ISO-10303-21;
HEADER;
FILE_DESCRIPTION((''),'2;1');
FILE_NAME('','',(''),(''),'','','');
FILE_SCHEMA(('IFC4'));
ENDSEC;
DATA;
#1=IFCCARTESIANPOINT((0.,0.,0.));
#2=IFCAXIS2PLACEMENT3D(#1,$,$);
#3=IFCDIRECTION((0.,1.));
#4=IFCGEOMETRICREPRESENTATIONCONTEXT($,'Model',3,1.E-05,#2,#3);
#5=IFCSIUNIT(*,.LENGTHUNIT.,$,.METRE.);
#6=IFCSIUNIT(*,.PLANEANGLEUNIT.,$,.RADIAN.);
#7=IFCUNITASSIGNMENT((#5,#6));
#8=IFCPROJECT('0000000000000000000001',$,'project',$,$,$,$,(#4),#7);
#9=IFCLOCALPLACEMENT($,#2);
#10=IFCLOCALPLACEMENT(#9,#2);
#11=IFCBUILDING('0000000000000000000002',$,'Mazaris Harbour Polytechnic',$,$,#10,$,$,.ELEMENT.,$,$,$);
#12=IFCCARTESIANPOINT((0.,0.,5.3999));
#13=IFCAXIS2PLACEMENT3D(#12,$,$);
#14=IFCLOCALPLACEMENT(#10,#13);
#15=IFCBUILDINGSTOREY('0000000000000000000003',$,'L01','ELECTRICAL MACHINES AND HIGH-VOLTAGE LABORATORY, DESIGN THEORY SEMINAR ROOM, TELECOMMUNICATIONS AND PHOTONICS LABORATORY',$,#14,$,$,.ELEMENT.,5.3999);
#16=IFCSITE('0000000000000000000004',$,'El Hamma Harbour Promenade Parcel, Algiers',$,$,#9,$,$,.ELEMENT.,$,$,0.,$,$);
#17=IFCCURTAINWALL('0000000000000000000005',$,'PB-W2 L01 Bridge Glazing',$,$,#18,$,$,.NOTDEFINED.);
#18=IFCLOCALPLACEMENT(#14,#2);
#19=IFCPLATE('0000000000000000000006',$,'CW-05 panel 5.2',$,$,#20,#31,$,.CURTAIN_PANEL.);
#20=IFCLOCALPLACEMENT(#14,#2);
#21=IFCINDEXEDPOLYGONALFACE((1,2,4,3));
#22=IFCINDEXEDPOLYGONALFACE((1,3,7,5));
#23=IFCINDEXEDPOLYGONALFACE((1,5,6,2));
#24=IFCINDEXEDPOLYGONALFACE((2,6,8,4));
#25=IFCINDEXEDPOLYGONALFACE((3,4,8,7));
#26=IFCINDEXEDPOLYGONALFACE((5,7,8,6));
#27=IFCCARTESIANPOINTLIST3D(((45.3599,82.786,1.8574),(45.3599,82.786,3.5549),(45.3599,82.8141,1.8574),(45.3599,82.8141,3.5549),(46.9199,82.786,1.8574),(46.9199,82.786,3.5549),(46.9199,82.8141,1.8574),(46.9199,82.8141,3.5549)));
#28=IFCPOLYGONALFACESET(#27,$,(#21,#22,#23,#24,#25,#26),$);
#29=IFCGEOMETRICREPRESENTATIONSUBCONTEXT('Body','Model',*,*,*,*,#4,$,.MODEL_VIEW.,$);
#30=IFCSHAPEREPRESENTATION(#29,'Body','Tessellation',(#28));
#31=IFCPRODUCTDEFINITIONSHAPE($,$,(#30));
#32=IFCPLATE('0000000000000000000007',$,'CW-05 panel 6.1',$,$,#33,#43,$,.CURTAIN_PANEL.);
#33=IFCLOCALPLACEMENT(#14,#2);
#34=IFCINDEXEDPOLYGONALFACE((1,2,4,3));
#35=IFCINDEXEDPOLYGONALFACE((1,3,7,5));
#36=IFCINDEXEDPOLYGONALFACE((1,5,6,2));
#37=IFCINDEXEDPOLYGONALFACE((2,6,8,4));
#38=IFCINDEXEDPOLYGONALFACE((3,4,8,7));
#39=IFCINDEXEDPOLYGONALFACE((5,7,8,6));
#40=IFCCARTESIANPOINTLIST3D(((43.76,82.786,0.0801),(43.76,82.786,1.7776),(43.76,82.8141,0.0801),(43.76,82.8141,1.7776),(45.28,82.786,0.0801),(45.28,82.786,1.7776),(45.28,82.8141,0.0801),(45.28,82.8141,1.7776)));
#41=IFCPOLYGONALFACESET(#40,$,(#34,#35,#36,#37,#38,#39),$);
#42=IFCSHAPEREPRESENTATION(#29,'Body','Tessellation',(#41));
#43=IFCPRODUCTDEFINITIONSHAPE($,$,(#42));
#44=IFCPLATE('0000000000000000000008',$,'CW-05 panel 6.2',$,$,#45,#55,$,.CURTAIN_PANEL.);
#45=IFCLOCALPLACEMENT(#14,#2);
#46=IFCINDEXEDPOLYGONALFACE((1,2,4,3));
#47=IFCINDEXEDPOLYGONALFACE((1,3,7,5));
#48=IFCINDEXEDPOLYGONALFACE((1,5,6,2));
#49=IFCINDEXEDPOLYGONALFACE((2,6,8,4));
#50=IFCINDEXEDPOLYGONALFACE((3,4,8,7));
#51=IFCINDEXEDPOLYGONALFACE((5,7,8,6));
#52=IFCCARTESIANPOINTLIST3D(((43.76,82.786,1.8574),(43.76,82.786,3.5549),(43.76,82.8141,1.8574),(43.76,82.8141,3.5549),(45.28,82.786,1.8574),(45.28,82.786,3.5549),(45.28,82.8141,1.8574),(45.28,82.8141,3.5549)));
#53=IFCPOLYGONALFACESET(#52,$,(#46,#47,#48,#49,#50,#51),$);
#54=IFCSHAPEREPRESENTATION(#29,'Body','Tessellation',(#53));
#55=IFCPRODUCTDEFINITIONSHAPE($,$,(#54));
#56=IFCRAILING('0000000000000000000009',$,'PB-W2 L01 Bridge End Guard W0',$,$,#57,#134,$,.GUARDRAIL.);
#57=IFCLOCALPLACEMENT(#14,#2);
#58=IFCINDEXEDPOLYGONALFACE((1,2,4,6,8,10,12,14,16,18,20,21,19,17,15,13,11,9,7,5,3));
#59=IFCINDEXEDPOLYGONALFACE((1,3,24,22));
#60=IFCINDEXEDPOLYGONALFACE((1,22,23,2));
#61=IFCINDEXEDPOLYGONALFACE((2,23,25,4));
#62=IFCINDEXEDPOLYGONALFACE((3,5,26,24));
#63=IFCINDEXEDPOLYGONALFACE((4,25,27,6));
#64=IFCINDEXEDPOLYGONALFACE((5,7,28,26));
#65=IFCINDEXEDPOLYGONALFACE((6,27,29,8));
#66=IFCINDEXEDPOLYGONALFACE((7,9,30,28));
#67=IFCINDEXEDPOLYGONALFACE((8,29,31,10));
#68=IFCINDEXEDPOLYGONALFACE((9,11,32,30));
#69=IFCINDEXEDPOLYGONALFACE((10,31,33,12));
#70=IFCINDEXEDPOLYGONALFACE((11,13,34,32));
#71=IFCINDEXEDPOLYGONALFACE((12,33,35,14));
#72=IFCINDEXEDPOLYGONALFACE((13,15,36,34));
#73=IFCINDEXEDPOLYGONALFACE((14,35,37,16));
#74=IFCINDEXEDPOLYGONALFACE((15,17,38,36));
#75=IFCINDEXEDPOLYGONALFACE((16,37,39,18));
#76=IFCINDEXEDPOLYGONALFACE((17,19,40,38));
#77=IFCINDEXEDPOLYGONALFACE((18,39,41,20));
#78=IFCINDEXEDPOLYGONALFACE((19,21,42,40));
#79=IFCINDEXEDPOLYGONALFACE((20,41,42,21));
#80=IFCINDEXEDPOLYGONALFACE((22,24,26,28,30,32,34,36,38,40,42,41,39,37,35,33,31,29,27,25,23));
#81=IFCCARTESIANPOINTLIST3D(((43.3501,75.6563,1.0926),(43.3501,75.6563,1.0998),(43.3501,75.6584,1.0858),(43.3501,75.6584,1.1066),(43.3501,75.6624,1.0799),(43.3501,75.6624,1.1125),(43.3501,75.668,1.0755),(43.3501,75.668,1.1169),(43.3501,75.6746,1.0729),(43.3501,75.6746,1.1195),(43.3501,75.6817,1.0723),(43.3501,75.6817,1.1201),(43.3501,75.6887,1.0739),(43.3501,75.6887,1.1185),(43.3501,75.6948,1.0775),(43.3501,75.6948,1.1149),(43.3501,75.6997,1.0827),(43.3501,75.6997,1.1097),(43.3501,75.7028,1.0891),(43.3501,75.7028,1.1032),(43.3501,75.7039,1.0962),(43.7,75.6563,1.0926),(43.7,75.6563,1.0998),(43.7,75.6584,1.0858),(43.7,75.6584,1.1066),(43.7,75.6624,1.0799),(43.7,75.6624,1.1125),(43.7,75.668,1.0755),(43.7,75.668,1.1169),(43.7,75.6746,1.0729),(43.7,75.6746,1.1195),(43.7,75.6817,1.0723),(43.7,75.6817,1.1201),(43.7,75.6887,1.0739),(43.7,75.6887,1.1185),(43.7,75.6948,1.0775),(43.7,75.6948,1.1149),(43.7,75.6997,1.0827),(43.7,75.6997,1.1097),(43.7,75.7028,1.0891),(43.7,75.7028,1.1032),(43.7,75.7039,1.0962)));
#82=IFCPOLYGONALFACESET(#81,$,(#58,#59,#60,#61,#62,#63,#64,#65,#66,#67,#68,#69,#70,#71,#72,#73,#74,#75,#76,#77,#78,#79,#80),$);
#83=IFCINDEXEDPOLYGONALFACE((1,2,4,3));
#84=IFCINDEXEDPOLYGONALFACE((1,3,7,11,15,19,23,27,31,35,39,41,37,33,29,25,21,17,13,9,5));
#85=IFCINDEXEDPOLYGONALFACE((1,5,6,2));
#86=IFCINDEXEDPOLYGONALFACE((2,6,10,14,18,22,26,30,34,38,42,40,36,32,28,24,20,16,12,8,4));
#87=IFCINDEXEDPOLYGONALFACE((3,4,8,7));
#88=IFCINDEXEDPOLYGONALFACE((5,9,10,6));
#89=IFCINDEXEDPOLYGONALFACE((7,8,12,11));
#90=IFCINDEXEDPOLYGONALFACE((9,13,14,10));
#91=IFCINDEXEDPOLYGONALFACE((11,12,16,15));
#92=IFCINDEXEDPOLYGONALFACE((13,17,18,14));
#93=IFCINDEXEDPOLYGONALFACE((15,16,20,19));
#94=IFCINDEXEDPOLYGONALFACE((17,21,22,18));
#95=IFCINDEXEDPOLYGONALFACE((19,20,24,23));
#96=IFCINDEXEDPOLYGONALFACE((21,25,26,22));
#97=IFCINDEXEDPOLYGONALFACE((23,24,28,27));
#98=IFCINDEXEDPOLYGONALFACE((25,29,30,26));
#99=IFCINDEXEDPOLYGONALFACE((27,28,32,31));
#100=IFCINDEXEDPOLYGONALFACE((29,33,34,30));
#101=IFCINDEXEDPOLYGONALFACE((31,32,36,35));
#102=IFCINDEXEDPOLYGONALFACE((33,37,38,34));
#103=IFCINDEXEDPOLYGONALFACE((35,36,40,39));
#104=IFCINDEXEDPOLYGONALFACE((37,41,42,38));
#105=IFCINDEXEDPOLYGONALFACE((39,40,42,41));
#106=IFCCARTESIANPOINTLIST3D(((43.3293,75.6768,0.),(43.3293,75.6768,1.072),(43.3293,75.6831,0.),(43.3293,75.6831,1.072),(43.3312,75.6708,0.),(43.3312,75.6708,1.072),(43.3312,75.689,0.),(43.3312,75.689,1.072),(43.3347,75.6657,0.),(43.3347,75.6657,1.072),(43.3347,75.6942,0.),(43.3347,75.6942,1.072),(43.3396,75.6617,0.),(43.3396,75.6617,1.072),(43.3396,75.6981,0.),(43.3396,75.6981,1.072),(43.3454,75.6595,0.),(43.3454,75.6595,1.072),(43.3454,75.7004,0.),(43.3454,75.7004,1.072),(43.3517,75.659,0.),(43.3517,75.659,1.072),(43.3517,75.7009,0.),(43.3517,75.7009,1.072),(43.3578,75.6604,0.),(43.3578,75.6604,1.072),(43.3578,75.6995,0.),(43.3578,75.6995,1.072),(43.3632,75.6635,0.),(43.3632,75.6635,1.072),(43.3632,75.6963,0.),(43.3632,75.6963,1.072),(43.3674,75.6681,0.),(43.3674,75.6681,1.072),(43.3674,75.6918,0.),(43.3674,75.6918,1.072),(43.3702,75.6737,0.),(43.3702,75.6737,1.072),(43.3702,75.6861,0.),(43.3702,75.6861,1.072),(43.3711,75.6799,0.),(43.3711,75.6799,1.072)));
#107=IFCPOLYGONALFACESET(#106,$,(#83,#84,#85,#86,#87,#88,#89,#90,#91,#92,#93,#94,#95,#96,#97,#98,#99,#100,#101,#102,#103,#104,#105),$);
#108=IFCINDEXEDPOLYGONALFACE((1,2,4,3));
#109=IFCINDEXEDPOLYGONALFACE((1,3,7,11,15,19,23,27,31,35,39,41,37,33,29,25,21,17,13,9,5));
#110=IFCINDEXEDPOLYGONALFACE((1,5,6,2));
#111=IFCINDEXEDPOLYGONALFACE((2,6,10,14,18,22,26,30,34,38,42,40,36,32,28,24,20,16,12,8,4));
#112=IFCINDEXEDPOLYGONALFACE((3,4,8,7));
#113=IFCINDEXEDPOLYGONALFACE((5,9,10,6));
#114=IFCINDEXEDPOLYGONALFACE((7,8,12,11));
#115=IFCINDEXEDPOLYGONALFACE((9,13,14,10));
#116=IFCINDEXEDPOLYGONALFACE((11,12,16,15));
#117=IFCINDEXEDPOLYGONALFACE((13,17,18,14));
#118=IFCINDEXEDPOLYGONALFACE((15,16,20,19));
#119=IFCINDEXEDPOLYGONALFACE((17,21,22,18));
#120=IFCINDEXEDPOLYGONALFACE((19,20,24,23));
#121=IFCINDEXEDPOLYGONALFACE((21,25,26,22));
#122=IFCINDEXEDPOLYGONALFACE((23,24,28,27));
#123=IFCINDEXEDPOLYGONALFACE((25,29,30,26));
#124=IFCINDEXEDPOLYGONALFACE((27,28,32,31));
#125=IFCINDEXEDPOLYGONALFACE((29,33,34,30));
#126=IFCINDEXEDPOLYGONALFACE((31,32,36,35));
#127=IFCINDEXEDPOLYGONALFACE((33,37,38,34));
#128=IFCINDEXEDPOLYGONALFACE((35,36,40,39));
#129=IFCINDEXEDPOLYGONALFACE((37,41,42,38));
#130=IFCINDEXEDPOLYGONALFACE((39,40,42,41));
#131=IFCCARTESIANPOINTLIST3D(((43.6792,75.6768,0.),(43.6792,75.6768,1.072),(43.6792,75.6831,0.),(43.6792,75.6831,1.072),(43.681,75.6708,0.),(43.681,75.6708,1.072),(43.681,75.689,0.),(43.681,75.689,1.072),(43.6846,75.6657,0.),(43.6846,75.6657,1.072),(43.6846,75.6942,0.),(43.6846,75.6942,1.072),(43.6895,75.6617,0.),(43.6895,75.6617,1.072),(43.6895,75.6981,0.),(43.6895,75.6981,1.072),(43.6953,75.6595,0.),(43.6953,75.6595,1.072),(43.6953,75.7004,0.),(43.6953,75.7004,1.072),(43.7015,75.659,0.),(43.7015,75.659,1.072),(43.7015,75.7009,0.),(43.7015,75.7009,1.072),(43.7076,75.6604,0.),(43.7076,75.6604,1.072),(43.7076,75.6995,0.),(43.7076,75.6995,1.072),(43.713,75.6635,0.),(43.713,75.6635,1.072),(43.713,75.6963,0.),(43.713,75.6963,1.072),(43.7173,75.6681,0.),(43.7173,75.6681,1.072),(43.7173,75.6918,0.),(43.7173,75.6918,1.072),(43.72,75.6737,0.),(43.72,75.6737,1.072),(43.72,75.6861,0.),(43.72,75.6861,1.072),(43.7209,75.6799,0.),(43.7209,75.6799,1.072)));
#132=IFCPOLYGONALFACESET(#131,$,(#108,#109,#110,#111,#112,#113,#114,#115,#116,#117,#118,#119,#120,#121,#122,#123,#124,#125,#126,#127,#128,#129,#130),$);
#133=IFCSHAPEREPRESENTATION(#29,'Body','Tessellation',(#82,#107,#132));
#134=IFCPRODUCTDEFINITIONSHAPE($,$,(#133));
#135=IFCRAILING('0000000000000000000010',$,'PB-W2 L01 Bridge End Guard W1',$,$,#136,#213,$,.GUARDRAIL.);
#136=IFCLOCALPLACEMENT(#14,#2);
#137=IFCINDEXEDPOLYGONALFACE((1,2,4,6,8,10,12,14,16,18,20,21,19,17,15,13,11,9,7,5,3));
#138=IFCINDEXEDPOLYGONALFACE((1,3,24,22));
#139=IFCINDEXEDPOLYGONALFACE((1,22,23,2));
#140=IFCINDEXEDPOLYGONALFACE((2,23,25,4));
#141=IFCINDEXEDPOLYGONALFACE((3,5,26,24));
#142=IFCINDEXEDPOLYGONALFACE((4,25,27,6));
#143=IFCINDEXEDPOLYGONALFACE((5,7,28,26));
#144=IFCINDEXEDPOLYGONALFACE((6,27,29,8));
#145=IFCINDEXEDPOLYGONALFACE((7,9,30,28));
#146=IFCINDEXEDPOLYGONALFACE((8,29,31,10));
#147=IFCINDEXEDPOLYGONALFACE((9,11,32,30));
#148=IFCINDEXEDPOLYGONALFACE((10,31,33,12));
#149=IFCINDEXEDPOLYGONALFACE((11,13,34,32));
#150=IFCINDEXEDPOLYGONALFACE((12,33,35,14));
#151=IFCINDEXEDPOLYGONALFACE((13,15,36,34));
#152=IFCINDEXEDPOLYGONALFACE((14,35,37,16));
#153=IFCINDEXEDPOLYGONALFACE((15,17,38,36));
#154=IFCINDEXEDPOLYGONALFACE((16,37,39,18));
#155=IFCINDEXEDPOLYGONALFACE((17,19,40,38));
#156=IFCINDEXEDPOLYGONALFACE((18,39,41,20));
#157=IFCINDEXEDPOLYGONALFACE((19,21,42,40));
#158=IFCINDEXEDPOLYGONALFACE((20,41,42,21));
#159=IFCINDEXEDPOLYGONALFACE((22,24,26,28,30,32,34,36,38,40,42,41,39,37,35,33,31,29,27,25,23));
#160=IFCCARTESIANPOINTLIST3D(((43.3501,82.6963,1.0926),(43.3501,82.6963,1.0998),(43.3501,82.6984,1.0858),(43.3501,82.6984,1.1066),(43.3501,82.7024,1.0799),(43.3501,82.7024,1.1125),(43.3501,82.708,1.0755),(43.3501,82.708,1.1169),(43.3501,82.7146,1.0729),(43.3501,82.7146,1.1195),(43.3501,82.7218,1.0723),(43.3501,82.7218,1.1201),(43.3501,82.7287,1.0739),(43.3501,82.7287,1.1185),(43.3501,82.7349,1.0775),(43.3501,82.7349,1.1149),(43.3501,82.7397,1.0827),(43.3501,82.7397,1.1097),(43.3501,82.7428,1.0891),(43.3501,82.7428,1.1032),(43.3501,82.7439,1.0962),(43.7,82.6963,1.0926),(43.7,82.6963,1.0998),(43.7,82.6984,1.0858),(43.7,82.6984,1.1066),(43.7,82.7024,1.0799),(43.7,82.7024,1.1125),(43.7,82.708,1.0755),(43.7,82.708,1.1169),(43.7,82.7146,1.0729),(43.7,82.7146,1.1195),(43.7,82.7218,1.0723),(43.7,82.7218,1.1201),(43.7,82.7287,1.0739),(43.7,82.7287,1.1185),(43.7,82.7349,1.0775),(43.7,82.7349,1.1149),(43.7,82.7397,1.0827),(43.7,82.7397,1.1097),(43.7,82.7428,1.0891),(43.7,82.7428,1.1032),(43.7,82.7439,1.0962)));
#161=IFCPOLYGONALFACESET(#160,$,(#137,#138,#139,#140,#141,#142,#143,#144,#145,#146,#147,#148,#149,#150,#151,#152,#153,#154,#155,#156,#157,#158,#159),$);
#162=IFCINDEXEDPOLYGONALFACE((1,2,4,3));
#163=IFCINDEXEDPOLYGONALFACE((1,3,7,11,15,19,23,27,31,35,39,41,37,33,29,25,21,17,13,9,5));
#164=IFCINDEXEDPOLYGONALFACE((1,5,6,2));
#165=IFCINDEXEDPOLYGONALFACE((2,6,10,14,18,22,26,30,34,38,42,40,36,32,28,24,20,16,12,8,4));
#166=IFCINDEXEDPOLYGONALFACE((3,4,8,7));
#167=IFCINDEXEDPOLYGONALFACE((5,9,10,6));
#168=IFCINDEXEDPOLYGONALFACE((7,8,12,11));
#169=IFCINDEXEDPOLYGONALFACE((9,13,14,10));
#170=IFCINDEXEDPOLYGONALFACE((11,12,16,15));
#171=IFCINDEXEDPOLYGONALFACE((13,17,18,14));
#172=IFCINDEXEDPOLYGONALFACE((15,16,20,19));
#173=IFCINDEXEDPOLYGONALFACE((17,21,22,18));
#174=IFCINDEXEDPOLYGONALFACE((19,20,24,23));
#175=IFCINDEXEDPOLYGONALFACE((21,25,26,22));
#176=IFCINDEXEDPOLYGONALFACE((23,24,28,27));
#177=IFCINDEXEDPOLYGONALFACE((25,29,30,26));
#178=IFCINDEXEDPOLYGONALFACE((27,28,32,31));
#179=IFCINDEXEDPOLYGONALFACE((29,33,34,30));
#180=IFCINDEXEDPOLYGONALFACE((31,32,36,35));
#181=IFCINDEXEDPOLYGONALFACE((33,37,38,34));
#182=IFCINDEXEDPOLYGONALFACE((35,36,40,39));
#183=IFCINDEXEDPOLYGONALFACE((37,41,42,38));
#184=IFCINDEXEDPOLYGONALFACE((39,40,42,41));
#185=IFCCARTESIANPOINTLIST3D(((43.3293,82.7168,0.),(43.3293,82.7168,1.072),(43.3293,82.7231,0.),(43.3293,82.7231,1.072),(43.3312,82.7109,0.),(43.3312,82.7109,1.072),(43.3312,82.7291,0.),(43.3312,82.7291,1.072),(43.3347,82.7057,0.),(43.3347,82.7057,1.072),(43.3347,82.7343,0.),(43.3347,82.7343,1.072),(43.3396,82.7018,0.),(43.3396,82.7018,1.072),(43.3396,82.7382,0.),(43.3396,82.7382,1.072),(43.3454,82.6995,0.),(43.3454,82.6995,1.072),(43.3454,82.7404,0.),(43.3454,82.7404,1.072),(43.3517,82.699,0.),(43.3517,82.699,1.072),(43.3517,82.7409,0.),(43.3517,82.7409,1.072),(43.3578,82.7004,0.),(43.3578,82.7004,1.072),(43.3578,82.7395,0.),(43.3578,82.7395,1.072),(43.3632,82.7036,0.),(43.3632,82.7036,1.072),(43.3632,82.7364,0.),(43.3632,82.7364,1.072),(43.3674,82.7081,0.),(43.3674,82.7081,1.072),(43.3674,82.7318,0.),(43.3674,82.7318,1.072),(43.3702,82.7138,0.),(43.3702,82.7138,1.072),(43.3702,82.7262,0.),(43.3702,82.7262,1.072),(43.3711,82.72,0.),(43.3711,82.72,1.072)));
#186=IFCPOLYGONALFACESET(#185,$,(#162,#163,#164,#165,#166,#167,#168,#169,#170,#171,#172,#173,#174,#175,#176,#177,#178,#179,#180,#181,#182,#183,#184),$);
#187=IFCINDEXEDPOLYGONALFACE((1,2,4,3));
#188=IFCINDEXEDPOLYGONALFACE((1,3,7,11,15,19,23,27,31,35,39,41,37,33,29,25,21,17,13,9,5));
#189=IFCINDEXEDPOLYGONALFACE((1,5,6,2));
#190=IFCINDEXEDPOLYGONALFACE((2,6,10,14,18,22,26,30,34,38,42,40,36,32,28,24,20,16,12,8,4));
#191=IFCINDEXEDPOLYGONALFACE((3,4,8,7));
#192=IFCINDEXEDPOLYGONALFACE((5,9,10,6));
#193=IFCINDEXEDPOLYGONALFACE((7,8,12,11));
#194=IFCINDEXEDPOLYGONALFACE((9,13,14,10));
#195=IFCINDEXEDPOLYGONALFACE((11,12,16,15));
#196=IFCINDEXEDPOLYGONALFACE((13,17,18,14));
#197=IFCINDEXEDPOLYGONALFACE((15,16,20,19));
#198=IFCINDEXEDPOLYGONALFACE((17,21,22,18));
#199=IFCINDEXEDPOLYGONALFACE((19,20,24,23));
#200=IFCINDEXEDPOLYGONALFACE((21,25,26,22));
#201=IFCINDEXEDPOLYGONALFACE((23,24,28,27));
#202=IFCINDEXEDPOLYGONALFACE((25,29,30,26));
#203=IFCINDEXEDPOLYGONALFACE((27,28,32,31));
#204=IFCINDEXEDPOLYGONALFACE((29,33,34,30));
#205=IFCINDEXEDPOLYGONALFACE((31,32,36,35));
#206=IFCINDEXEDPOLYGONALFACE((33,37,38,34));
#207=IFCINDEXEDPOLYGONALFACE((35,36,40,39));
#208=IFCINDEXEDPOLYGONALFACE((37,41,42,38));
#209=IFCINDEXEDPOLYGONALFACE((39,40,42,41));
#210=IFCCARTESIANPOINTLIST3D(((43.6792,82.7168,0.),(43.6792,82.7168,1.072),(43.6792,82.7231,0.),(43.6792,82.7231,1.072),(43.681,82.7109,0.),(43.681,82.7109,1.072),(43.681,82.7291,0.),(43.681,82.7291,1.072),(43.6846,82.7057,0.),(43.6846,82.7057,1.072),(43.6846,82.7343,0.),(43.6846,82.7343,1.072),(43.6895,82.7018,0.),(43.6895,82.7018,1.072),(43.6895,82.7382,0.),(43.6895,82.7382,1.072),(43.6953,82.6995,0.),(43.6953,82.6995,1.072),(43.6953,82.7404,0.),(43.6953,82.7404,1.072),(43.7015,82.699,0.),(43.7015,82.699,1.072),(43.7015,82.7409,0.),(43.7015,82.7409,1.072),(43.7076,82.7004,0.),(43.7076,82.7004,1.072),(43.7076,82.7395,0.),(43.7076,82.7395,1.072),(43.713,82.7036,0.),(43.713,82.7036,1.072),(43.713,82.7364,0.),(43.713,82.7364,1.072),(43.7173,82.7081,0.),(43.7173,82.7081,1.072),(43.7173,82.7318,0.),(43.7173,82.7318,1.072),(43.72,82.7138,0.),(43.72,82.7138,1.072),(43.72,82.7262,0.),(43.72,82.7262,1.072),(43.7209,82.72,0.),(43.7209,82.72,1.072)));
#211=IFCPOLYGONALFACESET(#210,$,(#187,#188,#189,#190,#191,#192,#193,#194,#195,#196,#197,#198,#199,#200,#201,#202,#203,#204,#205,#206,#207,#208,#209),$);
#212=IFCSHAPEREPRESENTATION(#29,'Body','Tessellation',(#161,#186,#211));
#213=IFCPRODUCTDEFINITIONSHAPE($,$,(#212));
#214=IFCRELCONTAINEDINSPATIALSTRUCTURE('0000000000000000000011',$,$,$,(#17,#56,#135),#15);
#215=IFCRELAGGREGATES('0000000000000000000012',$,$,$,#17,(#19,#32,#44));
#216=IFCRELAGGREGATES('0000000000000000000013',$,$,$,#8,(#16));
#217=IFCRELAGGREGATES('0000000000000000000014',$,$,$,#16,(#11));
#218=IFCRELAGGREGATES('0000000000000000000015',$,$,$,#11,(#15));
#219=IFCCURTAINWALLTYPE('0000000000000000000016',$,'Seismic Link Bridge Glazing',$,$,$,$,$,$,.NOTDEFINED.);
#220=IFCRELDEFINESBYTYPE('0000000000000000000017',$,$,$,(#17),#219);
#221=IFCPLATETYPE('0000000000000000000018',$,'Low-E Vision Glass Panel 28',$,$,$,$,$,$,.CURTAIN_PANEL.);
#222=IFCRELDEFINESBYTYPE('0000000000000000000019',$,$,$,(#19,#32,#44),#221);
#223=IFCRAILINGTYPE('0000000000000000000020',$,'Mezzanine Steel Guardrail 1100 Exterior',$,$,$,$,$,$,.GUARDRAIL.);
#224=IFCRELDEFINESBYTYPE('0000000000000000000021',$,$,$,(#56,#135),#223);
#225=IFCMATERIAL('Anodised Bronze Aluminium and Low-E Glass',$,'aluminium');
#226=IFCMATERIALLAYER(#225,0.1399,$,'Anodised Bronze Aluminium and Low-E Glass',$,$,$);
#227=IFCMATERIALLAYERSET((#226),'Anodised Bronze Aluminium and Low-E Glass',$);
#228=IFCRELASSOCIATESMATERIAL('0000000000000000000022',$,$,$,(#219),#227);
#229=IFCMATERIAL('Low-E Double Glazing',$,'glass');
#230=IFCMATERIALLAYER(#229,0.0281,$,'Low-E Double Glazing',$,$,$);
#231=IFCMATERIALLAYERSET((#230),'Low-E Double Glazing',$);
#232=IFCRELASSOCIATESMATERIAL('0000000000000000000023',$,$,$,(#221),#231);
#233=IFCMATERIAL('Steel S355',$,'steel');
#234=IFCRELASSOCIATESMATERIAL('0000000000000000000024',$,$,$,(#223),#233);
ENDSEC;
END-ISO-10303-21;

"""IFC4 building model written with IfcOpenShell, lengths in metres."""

from ifc_helpers import new_model, si_unit, direction, frame, origin, origin_2d, place, context, subcontext, project, spatial, rectangle, circle, extrude, material, layer, layer_set, type_object, element, aggregate, save


model = new_model("IFC4")

# Units and contexts
model_context = context("Model", 3, precision=1e-05, world=origin(), true_north=direction((0.0, 1.0)))
body_context = subcontext(model_context, "Body", "Model", "MODEL_VIEW")
ifc_project = project(units=[si_unit("LENGTHUNIT", "METRE"), si_unit("PLANEANGLEUNIT", "RADIAN")], contexts=[model_context])

# Site, building, storey
site_placement = place(None, origin())
site = spatial("IfcSite", under=ifc_project, at=site_placement, Name="El Hamma Harbour Promenade Parcel, Algiers", CompositionType="ELEMENT", RefElevation=0.0)
building_placement = place(site_placement, origin())
building = spatial("IfcBuilding", under=site, at=building_placement, Name="Mazaris Harbour Polytechnic", CompositionType="ELEMENT")
storey_placement = place(building_placement, frame((0.0, 0.0, 5.3999)))
storey = spatial("IfcBuildingStorey", under=building, at=storey_placement, Name="L01", Description="ELECTRICAL MACHINES AND HIGH-VOLTAGE LABORATORY, DESIGN THEORY SEMINAR ROOM, TELECOMMUNICATIONS AND PHOTONICS LABORATORY", CompositionType="ELEMENT", Elevation=5.3999)

# Shared definitions
ifc_material_1 = material(Name="Anodised Bronze Aluminium and Low-E Glass", Category="aluminium")
ifc_layer_1 = layer(ifc_material_1, 0.1399, Name="Anodised Bronze Aluminium and Low-E Glass")
ifc_layer_set_1 = layer_set([ifc_layer_1], Name="Anodised Bronze Aluminium and Low-E Glass")
curtain_wall_type = type_object("IfcCurtainWallType", Name="Seismic Link Bridge Glazing", PredefinedType="NOTDEFINED", material=ifc_layer_set_1)

# Curtain wall
curtain_wall_1_placement = place(storey_placement, origin())
curtain_wall_1 = element("IfcCurtainWall", 1, at=curtain_wall_1_placement, inside=storey, type_object=curtain_wall_type, Name="PB-W2 L01 Bridge Glazing", PredefinedType="NOTDEFINED")

# Plates
ifc_material_2 = material(Name="Low-E Double Glazing", Category="glass")
ifc_layer_2 = layer(ifc_material_2, 0.0281, Name="Low-E Double Glazing")
ifc_layer_set_2 = layer_set([ifc_layer_2], Name="Low-E Double Glazing")
plate_type_1 = type_object("IfcPlateType", Name="Low-E Vision Glass Panel 28", PredefinedType="CURTAIN_PANEL", material=ifc_layer_set_2)
plate_1_placement = place(storey_placement, frame((46.1399, 82.8, 1.8574), z_axis=(0.0, 0.0, 1.0), x_axis=(-1.0, 0.0, 0.0)))
plate_1 = element("IfcPlate", 2, at=plate_1_placement, type_object=plate_type_1, Name="CW-05 panel 5.2", PredefinedType="CURTAIN_PANEL", context=body_context, shape_type="SweptSolid", body=[
    extrude(rectangle(XDim=1.5601, YDim=0.0281, at=origin_2d()), origin(), (0.0, 0.0, 1.0), 1.6975),
])
plate_2_placement = place(storey_placement, frame((44.52, 82.8, 0.0801), z_axis=(0.0, 0.0, 1.0), x_axis=(-1.0, 0.0, 0.0)))
plate_2 = element("IfcPlate", 3, at=plate_2_placement, type_object=plate_type_1, Name="CW-05 panel 6.1", PredefinedType="CURTAIN_PANEL", context=body_context, shape_type="SweptSolid", body=[
    extrude(rectangle(XDim=1.52, YDim=0.0281, at=origin_2d()), origin(), (0.0, 0.0, 1.0), 1.6975),
])
plate_3_placement = place(storey_placement, frame((44.52, 82.8, 1.8574), z_axis=(0.0, 0.0, 1.0), x_axis=(-1.0, 0.0, 0.0)))
plate_3 = element("IfcPlate", 4, at=plate_3_placement, type_object=plate_type_1, Name="CW-05 panel 6.2", PredefinedType="CURTAIN_PANEL", context=body_context, shape_type="SweptSolid", body=[
    extrude(rectangle(XDim=1.52, YDim=0.0281, at=origin_2d()), origin(), (0.0, 0.0, 1.0), 1.6975),
])
aggregate(curtain_wall_1, [plate_1, plate_2, plate_3])

# Railings
ifc_material_3 = material(Name="Steel S355", Category="steel")
railing_type = type_object("IfcRailingType", Name="Mezzanine Steel Guardrail 1100 Exterior", PredefinedType="GUARDRAIL", material=ifc_material_3)
for number, where, name in (
    (5, (43.3501, 75.6799, 0.0), "PB-W2 L01 Bridge End Guard W0"),
    (6, (43.3501, 82.72, 0.0), "PB-W2 L01 Bridge End Guard W1"),
):
    element("IfcRailing", number, at=place(storey_placement, frame(where)), inside=storey, type_object=railing_type, Name=name, PredefinedType="GUARDRAIL", context=body_context, shape_type="SweptSolid", body=[
        extrude(circle(Radius=0.0239, at=origin_2d()), frame((0.0, 0.0, 1.0962), z_axis=(1.0, 0.0, 0.0), x_axis=(0.0, 1.0, 0.0)), (0.0, 0.0, 1.0), 0.3499),
        extrude(circle(Radius=0.021, at=origin_2d()), origin(), (0.0, 0.0, 1.0), 1.072),
        extrude(circle(Radius=0.021, at=origin_2d()), frame((0.3499, 0.0, 0.0)), (0.0, 0.0, 1.0), 1.072),
    ])

save(model, "model.ifc")
